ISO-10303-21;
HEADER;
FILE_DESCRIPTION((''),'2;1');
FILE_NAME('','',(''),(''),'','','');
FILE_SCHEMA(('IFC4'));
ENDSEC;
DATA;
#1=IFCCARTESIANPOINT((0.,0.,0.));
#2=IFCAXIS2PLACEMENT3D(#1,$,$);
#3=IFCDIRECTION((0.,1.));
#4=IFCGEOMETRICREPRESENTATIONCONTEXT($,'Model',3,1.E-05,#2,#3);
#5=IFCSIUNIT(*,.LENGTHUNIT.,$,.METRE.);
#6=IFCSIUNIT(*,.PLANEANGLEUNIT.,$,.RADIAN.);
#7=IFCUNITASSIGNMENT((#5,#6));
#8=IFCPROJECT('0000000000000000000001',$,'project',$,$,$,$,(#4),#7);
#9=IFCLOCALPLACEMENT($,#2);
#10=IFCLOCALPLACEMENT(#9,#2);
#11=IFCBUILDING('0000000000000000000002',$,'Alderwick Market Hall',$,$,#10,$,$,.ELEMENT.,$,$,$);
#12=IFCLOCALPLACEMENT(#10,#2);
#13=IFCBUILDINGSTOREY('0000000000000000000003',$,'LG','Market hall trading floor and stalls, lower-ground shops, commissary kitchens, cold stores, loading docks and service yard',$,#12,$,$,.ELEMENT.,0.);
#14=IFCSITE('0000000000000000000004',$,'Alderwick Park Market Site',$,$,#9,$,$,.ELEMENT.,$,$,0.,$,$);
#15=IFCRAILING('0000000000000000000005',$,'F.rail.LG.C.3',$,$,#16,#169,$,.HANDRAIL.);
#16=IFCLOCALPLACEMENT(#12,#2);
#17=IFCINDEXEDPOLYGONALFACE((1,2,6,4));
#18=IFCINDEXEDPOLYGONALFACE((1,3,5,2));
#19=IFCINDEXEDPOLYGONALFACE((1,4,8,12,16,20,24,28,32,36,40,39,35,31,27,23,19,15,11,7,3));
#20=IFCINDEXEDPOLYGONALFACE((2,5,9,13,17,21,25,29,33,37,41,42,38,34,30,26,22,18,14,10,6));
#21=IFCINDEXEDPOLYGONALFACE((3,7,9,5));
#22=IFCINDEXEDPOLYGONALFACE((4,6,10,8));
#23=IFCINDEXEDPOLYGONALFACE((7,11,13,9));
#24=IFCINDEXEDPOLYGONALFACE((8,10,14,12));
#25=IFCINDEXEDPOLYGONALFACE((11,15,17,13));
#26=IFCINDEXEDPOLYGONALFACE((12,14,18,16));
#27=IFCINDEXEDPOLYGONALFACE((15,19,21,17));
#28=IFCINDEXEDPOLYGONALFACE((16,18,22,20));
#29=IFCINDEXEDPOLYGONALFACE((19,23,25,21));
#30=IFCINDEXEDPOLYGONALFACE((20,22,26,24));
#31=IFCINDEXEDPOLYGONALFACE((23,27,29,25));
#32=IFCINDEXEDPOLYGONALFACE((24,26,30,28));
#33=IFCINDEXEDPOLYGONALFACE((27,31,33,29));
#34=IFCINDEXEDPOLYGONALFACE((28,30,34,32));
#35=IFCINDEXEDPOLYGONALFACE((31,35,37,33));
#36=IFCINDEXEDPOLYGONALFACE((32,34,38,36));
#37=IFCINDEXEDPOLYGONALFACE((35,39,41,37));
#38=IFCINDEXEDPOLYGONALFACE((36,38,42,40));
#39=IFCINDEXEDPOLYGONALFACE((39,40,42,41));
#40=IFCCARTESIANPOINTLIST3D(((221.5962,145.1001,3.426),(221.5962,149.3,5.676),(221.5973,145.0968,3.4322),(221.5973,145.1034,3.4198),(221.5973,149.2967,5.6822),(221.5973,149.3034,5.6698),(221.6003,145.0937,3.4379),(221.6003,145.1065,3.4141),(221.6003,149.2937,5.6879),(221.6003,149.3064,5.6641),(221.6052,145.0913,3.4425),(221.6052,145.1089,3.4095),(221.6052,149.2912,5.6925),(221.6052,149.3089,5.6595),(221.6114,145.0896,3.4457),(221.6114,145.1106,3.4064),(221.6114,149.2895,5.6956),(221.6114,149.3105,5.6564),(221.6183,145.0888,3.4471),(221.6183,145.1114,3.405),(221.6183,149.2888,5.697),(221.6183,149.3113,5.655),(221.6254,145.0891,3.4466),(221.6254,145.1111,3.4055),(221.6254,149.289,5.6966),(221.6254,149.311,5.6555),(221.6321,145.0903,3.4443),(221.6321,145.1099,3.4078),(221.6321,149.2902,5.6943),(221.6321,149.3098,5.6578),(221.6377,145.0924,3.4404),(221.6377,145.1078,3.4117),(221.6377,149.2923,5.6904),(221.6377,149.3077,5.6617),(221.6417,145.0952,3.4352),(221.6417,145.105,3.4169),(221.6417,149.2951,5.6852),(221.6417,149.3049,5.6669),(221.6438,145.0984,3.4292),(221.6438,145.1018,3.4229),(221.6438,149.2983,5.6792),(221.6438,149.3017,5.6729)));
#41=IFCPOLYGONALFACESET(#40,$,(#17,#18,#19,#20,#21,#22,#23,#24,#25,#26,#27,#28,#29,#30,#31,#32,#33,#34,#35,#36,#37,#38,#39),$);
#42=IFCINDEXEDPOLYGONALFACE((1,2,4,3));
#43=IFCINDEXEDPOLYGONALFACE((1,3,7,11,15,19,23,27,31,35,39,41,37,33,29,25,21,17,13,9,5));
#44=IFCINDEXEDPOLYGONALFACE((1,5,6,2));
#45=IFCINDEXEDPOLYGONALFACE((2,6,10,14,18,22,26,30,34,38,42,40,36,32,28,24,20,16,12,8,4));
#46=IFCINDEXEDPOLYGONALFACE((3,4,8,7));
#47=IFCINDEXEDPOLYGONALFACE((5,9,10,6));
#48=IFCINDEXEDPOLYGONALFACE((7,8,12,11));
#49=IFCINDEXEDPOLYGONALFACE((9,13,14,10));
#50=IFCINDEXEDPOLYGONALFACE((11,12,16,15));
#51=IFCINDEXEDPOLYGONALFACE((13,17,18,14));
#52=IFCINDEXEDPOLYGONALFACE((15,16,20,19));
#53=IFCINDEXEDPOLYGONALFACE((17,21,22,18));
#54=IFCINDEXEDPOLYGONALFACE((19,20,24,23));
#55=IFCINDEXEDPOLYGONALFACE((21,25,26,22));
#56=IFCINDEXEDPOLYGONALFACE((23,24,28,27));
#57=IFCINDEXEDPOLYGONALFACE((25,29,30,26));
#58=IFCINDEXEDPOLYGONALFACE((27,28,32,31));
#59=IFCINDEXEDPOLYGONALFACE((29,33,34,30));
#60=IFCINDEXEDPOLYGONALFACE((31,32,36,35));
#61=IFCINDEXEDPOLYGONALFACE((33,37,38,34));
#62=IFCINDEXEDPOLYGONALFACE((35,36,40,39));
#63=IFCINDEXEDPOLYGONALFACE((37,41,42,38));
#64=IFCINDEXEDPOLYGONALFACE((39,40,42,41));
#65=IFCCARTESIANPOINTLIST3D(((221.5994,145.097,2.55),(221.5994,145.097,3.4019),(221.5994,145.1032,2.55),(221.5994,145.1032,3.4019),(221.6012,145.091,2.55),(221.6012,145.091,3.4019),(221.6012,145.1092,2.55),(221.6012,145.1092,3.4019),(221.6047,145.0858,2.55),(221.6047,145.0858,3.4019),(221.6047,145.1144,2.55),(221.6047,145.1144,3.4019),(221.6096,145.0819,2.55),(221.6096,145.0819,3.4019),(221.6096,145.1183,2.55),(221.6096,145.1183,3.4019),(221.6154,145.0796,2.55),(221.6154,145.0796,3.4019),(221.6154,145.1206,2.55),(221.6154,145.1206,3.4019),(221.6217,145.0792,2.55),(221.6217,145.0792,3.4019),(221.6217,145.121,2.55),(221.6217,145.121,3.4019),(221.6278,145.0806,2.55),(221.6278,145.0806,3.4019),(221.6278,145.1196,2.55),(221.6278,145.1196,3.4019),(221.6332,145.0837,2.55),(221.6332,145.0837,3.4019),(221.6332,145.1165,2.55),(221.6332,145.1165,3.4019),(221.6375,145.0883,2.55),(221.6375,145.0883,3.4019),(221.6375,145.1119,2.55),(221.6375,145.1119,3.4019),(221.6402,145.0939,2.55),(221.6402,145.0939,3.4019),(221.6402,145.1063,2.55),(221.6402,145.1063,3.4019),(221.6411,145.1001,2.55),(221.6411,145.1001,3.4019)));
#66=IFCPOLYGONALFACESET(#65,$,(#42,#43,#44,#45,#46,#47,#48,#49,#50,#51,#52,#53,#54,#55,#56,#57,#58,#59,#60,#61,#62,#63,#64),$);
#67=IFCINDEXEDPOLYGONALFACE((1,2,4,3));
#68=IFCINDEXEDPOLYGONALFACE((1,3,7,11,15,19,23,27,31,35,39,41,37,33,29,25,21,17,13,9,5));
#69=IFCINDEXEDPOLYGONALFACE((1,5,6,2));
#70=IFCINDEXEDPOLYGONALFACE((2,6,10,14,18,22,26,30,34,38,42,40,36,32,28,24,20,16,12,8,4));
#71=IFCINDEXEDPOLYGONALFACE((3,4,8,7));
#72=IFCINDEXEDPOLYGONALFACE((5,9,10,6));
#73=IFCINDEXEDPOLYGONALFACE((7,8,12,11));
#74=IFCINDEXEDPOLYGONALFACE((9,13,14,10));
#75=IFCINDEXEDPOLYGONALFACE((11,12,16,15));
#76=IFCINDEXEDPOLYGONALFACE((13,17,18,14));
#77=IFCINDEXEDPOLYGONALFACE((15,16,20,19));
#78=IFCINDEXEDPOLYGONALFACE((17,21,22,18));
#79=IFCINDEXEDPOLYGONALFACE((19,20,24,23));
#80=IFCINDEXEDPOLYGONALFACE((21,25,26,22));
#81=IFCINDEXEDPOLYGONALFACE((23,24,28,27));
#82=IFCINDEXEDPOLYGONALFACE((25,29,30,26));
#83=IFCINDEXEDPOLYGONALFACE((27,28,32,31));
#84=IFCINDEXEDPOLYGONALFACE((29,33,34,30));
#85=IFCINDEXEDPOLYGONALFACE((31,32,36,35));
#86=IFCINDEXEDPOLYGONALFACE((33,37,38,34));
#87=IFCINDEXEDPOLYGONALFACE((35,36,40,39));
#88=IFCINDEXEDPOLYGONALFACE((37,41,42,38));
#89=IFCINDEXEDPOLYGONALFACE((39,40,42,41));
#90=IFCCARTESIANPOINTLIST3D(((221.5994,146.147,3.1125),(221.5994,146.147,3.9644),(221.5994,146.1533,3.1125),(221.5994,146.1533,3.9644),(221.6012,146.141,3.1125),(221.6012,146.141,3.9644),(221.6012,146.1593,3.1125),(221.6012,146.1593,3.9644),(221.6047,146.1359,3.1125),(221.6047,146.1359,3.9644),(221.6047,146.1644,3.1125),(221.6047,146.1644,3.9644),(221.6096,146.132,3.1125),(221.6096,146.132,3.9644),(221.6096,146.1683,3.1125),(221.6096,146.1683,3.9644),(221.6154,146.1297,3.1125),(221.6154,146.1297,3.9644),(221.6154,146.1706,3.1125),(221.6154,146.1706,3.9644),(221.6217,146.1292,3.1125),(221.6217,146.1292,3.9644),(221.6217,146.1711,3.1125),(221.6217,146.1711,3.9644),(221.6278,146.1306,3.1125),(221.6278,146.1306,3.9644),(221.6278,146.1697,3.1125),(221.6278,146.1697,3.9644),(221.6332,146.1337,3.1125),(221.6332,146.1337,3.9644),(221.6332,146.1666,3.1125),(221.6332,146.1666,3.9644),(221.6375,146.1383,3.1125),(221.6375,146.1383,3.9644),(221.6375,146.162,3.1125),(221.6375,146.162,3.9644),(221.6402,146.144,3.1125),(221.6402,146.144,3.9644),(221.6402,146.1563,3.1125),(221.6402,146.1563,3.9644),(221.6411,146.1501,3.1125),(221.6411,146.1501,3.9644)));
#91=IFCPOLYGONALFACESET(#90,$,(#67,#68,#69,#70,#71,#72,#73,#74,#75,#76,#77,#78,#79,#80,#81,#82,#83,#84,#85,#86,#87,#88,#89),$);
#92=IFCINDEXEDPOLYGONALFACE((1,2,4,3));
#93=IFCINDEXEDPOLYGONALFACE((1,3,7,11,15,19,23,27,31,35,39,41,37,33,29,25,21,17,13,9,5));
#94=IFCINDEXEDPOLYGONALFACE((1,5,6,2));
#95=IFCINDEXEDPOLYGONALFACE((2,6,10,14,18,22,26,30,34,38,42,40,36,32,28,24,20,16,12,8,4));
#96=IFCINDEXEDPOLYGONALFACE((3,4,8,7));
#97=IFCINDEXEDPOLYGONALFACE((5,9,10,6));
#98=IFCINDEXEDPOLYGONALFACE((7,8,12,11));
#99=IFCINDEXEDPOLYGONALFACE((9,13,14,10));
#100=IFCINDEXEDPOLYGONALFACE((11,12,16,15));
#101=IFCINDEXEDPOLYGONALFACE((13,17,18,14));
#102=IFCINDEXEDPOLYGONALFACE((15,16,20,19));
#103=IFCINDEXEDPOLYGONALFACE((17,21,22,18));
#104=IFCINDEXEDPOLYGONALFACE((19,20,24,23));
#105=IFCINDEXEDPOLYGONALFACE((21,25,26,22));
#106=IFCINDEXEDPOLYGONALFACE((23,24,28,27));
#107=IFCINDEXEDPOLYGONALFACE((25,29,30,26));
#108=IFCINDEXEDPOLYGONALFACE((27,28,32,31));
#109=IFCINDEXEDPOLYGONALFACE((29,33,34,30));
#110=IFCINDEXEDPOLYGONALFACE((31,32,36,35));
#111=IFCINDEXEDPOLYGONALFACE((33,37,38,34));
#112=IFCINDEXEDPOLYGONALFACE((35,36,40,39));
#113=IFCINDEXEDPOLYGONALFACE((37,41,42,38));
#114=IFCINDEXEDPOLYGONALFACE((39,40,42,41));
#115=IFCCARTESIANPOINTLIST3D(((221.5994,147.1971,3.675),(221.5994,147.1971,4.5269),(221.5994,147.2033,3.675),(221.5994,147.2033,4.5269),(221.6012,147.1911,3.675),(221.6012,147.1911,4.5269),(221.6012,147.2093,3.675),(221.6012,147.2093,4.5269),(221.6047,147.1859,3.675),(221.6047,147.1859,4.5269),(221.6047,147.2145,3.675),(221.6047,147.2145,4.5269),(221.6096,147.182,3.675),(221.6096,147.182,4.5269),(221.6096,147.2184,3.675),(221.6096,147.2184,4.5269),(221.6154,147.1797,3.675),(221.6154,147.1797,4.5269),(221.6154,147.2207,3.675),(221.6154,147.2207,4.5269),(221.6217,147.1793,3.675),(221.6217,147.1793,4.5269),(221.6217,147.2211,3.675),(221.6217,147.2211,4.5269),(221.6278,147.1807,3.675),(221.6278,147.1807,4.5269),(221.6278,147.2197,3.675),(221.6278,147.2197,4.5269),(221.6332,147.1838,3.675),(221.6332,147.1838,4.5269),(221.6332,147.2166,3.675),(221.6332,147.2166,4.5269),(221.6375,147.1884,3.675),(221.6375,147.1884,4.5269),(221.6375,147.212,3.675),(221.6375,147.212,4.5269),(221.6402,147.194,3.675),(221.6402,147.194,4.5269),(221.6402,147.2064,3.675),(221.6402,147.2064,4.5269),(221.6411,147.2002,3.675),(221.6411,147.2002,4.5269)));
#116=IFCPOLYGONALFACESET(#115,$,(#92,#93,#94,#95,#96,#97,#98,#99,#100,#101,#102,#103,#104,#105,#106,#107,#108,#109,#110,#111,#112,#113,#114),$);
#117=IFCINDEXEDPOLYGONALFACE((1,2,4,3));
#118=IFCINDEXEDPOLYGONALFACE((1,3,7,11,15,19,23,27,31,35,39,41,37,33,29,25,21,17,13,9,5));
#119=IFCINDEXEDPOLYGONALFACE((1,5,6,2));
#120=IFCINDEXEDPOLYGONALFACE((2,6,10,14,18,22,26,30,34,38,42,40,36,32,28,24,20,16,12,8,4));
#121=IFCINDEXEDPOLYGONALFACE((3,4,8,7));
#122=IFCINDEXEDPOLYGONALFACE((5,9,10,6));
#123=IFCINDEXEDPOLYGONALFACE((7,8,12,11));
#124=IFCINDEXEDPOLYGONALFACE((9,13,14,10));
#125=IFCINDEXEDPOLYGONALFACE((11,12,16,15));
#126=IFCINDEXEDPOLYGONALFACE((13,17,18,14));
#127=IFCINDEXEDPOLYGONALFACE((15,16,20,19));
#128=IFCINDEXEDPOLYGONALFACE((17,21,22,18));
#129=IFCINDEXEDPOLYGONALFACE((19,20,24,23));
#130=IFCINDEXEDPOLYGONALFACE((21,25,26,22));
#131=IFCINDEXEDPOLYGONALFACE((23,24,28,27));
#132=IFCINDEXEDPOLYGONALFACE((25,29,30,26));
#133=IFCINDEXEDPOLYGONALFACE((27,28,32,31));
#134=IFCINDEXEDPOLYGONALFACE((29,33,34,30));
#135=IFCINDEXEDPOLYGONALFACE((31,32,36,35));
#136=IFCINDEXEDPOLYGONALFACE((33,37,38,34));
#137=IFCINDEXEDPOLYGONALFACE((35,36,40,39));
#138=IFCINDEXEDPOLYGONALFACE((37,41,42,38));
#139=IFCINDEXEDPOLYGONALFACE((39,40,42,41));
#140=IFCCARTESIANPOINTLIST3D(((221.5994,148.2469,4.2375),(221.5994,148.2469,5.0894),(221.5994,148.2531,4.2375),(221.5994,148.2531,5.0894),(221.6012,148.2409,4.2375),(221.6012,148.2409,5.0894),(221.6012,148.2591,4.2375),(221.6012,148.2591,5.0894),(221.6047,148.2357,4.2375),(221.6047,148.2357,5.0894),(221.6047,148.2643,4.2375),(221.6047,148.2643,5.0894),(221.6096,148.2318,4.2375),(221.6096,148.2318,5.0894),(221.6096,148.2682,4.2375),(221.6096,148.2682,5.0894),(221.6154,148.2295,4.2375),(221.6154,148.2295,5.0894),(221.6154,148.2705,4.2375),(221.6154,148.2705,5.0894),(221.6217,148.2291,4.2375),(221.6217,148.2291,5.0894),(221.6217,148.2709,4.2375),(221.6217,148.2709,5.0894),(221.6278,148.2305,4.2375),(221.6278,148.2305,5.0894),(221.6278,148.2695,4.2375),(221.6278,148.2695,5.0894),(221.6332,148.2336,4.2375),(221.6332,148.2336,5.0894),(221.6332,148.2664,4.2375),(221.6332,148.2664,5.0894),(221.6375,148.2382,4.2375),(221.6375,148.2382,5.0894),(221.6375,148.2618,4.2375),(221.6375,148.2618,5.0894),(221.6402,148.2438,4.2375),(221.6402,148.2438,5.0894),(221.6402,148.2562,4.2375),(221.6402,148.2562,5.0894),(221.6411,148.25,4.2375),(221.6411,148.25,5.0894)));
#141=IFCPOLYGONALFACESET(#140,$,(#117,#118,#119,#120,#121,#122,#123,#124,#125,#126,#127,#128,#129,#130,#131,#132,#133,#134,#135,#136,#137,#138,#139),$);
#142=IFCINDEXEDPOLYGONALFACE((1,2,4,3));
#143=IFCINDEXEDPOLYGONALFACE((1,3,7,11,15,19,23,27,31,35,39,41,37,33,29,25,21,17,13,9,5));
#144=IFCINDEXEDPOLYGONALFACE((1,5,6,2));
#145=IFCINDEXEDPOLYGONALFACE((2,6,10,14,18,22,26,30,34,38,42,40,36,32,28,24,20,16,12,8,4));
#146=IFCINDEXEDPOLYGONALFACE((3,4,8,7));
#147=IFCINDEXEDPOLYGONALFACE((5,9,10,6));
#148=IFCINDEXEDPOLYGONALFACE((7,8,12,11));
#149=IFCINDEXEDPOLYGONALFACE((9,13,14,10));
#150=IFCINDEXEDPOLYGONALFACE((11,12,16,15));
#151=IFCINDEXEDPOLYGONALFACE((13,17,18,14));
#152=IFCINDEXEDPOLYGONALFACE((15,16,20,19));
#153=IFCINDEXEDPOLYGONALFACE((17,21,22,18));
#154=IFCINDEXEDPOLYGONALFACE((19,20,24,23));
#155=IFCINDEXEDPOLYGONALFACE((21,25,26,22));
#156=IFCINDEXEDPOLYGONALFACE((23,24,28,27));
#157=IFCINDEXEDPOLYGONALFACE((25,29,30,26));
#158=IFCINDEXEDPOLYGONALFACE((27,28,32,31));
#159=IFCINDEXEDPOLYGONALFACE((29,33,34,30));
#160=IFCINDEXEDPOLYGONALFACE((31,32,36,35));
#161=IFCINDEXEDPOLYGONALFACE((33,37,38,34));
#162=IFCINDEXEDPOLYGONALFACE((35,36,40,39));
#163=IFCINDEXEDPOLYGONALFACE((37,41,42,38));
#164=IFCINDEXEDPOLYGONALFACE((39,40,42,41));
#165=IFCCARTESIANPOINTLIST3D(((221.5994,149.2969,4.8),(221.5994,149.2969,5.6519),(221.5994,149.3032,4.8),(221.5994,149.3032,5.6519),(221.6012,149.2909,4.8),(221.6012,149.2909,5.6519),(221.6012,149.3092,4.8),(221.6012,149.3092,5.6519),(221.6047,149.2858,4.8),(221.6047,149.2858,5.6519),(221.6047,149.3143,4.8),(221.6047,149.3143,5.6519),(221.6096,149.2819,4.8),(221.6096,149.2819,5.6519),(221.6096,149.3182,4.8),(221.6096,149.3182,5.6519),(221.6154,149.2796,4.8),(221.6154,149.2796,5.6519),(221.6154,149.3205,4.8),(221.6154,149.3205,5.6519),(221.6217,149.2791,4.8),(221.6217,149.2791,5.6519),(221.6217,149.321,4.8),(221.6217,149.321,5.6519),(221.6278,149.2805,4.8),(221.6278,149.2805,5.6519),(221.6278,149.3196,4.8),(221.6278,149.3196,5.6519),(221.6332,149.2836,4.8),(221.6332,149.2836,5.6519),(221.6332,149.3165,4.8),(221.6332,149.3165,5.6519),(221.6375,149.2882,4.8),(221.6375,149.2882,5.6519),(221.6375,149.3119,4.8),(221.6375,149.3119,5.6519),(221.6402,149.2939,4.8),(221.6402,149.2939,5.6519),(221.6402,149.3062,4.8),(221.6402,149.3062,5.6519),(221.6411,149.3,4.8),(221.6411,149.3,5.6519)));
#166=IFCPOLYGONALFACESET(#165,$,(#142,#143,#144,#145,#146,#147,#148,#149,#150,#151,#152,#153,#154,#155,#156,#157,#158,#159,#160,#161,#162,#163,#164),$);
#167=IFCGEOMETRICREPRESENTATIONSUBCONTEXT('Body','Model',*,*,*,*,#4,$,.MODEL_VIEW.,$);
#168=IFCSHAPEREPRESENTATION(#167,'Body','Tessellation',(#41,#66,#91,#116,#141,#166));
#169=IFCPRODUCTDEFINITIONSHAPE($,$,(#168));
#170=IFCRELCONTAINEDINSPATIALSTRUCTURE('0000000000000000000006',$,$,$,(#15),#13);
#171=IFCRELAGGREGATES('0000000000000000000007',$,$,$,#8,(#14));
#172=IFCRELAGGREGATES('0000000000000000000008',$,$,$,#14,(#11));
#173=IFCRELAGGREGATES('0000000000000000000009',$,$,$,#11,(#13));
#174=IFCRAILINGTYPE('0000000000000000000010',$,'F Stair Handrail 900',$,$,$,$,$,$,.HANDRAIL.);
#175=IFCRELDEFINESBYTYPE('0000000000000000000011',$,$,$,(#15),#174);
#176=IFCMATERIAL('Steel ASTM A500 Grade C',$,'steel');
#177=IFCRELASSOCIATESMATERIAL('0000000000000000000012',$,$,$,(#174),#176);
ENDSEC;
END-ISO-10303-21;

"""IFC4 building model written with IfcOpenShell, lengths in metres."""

from ifc_helpers import new_model, si_unit, direction, frame, origin, origin_2d, place, context, subcontext, project, spatial, circle, extrude, material, type_object, element, save


model = new_model("IFC4")

# Units and contexts
model_context = context("Model", 3, precision=1e-05, world=origin(), true_north=direction((0.0, 1.0)))
body_context = subcontext(model_context, "Body", "Model", "MODEL_VIEW")
ifc_project = project(units=[si_unit("LENGTHUNIT", "METRE"), si_unit("PLANEANGLEUNIT", "RADIAN")], contexts=[model_context])

# Site, building, storey
site_placement = place(None, origin())
site = spatial("IfcSite", under=ifc_project, at=site_placement, Name="Alderwick Park Market Site", CompositionType="ELEMENT", RefElevation=0.0)
building_placement = place(site_placement, origin())
building = spatial("IfcBuilding", under=site, at=building_placement, Name="Alderwick Market Hall", CompositionType="ELEMENT")
storey_placement = place(building_placement, origin())
storey = spatial("IfcBuildingStorey", under=building, at=storey_placement, Name="LG", Description="Market hall trading floor and stalls, lower-ground shops, commissary kitchens, cold stores, loading docks and service yard", CompositionType="ELEMENT", Elevation=0.0)

# Railing
ifc_material_1 = material(Name="Steel ASTM A500 Grade C", Category="steel")
railing_type = type_object("IfcRailingType", Name="F Stair Handrail 900", PredefinedType="HANDRAIL", material=ifc_material_1)
for number, where, name in (
    (1, (221.6201, 145.1001, 2.55), "F.rail.LG.C.3"),
):
    element("IfcRailing", number, at=place(storey_placement, frame(where)), inside=storey, type_object=railing_type, Name=name, PredefinedType="HANDRAIL", context=body_context, shape_type="SweptSolid", body=[
        extrude(circle(Radius=0.0239, at=origin_2d()), frame((0.0, 0.0, 0.876), z_axis=(0.0, 0.881478, 0.472226), x_axis=(-1.0, 0.0, 0.0)), (0.0, 0.0, 1.0), 4.7646),
        extrude(circle(Radius=0.021, at=origin_2d()), origin(), (0.0, 0.0, 1.0), 0.8518),
        extrude(circle(Radius=0.021, at=origin_2d()), frame((0.0, 1.05, 0.5625)), (0.0, 0.0, 1.0), 0.8518),
        extrude(circle(Radius=0.021, at=origin_2d()), frame((0.0, 2.1001, 1.125)), (0.0, 0.0, 1.0), 0.8518),
        extrude(circle(Radius=0.021, at=origin_2d()), frame((0.0, 3.1499, 1.6875)), (0.0, 0.0, 1.0), 0.8518),
        extrude(circle(Radius=0.021, at=origin_2d()), frame((0.0, 4.2, 2.25)), (0.0, 0.0, 1.0), 0.8518),
    ])

save(model, "model.ifc")
